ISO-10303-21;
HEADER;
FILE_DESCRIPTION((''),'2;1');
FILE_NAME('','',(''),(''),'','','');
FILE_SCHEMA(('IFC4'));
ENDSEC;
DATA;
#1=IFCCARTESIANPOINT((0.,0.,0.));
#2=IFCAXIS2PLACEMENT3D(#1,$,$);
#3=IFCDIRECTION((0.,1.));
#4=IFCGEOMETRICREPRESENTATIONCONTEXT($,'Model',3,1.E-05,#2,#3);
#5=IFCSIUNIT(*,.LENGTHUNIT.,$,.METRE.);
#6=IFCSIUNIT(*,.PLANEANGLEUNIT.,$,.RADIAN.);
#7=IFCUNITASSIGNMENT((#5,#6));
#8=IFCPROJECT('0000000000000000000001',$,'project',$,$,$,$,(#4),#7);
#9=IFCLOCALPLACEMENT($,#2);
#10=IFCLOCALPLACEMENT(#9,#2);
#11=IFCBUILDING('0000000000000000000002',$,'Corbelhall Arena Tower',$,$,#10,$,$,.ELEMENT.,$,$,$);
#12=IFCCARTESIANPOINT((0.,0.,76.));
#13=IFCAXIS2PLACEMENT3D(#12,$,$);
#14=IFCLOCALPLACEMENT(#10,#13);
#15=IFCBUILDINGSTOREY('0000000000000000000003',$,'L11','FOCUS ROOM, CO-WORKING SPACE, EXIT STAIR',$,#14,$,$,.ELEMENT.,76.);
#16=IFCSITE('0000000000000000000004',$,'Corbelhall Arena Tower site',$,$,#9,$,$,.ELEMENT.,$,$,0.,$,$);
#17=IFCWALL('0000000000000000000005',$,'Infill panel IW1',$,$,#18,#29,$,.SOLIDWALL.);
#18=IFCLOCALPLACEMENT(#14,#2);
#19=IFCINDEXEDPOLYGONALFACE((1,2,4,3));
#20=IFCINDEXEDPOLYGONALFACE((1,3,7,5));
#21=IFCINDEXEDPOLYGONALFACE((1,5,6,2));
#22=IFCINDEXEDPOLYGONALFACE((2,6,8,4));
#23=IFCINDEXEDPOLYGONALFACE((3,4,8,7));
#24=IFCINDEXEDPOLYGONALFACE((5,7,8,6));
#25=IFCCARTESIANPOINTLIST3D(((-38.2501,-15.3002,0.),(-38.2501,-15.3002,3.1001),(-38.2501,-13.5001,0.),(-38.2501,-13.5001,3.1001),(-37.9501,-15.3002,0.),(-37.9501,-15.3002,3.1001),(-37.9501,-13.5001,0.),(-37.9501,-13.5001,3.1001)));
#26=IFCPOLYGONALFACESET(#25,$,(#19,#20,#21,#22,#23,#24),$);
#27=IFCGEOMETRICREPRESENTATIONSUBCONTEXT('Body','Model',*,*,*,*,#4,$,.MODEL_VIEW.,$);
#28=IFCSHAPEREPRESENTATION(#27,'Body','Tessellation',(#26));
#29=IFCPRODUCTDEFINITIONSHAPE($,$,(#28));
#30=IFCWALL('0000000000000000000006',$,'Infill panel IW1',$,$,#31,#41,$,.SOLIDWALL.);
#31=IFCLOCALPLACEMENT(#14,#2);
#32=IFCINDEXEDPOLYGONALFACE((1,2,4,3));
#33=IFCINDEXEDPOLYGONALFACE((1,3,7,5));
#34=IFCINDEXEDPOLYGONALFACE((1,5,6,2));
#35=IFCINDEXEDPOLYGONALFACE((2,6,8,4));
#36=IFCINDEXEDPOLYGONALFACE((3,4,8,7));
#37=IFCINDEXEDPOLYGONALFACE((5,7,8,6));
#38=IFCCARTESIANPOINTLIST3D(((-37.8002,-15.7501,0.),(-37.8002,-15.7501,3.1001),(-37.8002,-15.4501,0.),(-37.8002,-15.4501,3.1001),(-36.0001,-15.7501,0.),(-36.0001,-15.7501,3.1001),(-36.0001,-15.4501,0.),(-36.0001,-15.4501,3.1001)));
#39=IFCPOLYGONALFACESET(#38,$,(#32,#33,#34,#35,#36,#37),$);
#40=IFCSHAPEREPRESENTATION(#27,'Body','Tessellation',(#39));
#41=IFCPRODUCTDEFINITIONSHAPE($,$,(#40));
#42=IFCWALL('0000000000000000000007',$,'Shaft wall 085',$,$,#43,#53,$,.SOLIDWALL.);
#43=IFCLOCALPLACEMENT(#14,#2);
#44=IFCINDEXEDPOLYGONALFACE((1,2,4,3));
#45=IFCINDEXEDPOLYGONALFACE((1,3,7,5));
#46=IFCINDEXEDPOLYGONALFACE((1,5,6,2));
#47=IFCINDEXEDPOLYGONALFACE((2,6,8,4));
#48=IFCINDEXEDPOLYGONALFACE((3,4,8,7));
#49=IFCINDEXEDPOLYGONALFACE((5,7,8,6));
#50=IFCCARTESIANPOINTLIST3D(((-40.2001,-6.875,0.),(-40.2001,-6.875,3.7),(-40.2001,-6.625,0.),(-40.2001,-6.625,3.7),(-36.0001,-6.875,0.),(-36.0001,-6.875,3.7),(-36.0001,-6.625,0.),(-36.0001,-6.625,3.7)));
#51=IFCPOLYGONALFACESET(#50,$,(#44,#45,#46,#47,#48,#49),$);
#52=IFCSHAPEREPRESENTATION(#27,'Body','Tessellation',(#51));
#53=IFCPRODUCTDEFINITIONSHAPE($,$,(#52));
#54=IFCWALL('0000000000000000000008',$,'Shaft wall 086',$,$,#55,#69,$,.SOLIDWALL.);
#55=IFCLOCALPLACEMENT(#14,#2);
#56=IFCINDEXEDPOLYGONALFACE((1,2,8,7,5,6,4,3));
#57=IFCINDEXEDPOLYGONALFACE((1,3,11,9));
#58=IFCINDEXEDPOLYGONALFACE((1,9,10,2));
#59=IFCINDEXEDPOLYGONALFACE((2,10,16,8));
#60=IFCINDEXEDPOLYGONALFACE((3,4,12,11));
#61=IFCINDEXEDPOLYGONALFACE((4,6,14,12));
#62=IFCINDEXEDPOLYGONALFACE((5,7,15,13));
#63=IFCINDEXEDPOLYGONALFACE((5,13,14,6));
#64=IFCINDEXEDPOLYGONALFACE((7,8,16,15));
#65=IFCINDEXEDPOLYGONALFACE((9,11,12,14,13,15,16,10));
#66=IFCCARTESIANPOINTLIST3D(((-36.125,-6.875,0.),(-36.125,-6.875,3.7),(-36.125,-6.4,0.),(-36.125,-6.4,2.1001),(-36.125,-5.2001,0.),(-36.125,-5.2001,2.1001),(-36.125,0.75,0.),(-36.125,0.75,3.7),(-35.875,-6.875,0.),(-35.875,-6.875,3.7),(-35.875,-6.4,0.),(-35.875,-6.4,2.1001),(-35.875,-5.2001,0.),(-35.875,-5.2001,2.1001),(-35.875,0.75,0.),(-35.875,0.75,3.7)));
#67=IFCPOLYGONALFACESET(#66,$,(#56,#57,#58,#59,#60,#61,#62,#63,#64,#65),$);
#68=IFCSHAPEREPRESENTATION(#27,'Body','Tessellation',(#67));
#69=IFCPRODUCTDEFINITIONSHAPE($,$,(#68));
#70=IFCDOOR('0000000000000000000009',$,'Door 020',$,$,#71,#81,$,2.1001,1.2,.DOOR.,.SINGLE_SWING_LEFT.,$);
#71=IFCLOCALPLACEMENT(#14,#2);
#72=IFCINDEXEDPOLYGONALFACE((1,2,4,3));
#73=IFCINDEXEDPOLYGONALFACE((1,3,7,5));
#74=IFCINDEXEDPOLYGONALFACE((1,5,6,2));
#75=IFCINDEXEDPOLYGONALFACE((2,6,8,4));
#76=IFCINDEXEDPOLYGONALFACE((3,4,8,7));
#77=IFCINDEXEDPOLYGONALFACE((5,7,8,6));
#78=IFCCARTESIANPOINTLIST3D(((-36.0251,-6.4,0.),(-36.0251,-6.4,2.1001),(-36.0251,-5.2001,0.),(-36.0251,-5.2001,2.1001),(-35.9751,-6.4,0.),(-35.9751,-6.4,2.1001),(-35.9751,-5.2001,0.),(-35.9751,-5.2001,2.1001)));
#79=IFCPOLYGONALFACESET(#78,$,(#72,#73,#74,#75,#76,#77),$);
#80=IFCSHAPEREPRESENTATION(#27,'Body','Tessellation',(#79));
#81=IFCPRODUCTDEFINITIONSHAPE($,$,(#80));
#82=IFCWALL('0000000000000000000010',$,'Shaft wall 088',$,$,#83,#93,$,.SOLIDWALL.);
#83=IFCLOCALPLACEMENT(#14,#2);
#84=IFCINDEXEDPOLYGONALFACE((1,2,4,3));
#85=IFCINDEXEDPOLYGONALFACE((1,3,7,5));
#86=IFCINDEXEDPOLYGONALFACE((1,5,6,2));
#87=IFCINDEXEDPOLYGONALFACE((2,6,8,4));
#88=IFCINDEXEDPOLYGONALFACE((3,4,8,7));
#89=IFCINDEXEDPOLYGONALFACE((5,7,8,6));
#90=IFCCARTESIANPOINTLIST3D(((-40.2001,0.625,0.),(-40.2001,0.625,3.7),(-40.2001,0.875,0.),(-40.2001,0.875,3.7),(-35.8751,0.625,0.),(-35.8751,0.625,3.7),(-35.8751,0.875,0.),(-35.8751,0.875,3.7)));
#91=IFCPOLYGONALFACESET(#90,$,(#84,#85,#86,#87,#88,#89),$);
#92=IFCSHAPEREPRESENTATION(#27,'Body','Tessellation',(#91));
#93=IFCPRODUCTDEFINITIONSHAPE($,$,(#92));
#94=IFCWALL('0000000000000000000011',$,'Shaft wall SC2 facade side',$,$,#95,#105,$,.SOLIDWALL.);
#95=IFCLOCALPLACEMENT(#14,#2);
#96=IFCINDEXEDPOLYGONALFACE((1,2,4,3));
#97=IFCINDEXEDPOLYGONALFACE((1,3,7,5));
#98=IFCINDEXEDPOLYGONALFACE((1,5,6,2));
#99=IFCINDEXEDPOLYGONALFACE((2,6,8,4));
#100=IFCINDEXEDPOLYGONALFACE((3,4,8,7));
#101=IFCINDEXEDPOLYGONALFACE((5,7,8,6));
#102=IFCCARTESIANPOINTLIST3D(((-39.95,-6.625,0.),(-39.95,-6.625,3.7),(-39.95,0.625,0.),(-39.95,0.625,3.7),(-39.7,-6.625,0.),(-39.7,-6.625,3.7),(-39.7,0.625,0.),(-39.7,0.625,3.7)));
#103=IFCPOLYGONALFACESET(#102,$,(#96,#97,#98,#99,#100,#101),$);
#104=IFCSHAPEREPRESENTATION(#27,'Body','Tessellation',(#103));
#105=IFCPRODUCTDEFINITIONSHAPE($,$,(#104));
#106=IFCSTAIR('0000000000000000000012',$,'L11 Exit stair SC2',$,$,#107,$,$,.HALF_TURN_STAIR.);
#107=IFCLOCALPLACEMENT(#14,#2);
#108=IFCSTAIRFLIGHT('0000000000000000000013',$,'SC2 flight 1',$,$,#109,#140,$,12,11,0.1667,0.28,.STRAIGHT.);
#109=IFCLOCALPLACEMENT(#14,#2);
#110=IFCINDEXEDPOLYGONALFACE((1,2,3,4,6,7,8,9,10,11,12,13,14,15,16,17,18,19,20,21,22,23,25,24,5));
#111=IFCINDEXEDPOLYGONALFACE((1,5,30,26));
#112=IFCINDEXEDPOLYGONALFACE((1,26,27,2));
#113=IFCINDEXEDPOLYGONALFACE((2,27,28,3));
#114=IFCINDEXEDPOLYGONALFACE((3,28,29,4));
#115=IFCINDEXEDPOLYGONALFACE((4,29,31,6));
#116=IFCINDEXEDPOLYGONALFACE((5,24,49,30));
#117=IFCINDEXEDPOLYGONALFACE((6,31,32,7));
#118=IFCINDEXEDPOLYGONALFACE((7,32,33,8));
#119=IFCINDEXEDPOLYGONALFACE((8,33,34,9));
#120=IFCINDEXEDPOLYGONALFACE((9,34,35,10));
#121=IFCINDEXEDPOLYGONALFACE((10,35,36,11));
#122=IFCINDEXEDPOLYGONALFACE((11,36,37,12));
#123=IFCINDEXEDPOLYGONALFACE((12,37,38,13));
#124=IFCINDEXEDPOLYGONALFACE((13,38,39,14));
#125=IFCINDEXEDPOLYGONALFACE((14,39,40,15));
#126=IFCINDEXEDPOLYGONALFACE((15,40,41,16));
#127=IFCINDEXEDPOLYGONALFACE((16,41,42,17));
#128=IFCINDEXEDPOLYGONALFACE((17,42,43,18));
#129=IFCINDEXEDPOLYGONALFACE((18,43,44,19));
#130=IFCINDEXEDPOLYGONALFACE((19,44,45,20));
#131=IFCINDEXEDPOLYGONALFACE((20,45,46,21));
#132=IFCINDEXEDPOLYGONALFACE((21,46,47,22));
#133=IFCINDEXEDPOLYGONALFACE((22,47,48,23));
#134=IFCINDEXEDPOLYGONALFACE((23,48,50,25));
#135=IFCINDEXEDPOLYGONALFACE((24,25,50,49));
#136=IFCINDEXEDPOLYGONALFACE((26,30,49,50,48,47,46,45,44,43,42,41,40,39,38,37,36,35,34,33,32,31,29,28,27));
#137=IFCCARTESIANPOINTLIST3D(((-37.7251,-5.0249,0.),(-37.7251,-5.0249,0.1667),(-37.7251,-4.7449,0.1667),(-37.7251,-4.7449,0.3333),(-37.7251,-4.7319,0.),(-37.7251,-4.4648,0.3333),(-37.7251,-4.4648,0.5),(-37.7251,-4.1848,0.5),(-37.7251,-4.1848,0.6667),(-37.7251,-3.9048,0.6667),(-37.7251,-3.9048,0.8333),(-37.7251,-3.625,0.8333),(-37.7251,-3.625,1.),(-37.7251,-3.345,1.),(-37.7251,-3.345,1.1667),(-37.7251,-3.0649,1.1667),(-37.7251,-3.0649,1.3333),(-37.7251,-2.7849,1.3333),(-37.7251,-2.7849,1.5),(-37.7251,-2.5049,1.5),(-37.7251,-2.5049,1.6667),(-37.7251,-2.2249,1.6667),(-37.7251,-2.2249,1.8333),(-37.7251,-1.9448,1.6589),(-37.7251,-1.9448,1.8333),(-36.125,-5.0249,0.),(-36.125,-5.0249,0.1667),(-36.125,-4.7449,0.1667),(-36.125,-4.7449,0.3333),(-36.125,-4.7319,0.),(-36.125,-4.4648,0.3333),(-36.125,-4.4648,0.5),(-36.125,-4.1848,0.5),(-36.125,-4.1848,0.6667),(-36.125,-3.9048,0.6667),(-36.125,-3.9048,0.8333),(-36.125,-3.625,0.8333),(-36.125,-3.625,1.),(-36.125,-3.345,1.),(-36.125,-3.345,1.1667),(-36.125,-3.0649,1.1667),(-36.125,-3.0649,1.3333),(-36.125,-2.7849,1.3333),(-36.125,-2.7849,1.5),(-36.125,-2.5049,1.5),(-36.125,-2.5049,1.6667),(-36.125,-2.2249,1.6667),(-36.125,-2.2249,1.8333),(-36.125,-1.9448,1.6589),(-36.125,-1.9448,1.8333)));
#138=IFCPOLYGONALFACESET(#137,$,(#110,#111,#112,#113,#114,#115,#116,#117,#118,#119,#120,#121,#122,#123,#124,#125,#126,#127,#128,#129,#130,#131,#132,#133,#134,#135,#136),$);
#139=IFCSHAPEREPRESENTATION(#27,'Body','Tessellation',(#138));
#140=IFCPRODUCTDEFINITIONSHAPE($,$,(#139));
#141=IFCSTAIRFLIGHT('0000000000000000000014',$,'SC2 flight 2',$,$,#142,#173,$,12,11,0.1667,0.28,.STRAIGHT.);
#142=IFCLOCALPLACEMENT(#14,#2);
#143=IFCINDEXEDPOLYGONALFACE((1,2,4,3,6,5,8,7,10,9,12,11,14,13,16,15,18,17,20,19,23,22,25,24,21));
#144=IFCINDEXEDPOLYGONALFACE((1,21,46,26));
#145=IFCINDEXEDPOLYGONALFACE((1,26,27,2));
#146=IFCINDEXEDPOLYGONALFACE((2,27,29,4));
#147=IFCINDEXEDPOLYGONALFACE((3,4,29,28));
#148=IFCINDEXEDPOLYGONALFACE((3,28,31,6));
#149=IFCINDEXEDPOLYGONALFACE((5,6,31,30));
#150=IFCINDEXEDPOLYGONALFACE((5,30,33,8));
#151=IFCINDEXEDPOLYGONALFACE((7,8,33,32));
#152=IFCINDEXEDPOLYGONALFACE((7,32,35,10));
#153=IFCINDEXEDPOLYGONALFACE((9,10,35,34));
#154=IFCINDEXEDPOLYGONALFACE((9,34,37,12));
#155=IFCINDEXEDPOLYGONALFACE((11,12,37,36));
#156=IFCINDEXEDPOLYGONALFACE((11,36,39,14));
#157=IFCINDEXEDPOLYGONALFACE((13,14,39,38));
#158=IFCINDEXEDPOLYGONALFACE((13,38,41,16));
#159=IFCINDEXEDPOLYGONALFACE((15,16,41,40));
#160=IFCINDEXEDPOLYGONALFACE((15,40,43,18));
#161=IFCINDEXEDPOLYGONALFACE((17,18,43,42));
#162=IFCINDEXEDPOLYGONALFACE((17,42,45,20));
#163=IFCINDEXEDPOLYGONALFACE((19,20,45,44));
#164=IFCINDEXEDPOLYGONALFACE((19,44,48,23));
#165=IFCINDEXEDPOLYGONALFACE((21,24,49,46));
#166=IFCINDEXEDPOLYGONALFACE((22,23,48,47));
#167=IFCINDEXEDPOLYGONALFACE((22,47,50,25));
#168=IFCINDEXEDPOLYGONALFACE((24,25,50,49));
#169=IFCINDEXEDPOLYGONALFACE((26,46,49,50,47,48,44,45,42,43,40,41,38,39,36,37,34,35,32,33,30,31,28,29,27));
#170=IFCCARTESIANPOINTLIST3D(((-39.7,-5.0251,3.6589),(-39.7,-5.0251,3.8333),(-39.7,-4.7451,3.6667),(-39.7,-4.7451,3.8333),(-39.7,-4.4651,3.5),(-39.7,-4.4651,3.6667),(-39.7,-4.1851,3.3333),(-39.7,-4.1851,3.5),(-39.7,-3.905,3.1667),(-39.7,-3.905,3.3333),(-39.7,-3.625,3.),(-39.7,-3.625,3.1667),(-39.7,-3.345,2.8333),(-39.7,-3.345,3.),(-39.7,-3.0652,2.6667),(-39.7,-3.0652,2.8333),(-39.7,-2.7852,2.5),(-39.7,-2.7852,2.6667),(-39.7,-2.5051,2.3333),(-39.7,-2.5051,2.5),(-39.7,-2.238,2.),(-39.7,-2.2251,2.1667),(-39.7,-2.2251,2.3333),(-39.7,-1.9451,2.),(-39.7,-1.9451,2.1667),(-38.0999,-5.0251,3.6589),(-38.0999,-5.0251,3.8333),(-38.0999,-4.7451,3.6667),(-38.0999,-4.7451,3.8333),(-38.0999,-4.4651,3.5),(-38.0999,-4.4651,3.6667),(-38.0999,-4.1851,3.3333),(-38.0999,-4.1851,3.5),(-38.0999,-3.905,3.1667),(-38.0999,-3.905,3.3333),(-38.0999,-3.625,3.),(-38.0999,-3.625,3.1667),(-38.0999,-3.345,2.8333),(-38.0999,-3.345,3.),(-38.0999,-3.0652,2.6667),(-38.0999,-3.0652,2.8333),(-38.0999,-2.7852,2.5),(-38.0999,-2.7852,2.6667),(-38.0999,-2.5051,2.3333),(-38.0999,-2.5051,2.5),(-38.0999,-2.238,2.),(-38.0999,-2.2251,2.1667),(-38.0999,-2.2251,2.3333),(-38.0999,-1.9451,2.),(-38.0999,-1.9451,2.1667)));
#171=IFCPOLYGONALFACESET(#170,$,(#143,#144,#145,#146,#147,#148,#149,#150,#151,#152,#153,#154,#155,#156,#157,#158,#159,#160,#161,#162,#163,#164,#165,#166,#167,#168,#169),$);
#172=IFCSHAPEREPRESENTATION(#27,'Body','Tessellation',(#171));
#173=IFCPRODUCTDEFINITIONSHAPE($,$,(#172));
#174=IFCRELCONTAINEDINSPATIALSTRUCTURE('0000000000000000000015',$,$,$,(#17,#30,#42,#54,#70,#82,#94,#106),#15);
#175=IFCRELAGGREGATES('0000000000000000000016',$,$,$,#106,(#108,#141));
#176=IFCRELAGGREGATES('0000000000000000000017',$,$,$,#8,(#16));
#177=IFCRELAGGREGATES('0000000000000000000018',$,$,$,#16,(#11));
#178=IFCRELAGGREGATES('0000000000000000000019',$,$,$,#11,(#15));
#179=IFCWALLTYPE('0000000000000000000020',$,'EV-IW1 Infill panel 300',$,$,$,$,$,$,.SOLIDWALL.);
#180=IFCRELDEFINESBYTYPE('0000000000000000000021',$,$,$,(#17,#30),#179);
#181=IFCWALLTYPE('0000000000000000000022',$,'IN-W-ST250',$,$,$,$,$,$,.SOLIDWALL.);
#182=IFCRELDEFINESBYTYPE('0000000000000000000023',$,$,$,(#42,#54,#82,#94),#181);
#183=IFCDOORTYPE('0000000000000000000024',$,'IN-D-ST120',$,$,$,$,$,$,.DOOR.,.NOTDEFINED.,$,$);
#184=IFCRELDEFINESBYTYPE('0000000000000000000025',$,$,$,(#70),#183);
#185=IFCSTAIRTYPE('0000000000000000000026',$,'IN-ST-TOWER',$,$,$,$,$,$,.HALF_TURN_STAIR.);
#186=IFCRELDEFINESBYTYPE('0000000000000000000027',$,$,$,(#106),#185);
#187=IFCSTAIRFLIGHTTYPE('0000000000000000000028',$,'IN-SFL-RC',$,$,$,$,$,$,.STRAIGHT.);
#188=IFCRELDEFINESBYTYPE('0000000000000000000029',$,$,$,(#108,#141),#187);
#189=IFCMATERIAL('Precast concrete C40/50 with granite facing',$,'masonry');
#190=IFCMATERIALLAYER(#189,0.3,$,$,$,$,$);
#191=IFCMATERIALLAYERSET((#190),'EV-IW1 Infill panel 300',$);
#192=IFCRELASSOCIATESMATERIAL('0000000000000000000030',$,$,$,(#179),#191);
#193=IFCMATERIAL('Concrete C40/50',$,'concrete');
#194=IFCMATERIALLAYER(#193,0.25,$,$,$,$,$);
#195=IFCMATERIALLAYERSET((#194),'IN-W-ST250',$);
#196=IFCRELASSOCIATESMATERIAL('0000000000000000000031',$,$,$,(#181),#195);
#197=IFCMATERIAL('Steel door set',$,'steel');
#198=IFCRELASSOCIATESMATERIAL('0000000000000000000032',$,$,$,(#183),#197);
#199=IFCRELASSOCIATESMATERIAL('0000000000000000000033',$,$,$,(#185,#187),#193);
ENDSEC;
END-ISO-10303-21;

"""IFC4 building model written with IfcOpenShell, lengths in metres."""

from ifc_helpers import new_model, si_unit, direction, frame, frame_2d, origin, place, context, subcontext, project, spatial, polyline, rectangle, outline, extrude, material, layer, layer_set, type_object, element, fill, aggregate, save


model = new_model("IFC4")

# Units and contexts
model_context = context("Model", 3, precision=1e-05, world=origin(), true_north=direction((0.0, 1.0)))
body_context = subcontext(model_context, "Body", "Model", "MODEL_VIEW")
ifc_project = project(units=[si_unit("LENGTHUNIT", "METRE"), si_unit("PLANEANGLEUNIT", "RADIAN")], contexts=[model_context])

# Site, building, storey
site_placement = place(None, origin())
site = spatial("IfcSite", under=ifc_project, at=site_placement, Name="Corbelhall Arena Tower site", CompositionType="ELEMENT", RefElevation=0.0)
building_placement = place(site_placement, origin())
building = spatial("IfcBuilding", under=site, at=building_placement, Name="Corbelhall Arena Tower", CompositionType="ELEMENT")
storey_placement = place(building_placement, frame((0.0, 0.0, 76.0)))
storey = spatial("IfcBuildingStorey", under=building, at=storey_placement, Name="L11", Description="FOCUS ROOM, CO-WORKING SPACE, EXIT STAIR", CompositionType="ELEMENT", Elevation=76.0)

# Walls
ifc_material_1 = material(Name="Precast concrete C40/50 with granite facing", Category="masonry")
ifc_layer_1 = layer(ifc_material_1, 0.3)
ifc_layer_set_1 = layer_set([ifc_layer_1], Name="EV-IW1 Infill panel 300")
wall_type_1 = type_object("IfcWallType", Name="EV-IW1 Infill panel 300", PredefinedType="SOLIDWALL", material=ifc_layer_set_1)
for number, where, z_axis, x_axis, name in (
    (1, (-38.1001, -15.3, 0.0), (0.0, 0.0, 1.0), (0.0, 1.0, 0.0), "Infill panel IW1"),
    (2, (-37.8, -15.6001, 0.0), (0.0, 0.0, 1.0), (1.0, 0.0, 0.0), "Infill panel IW1"),
):
    element("IfcWall", number, at=place(storey_placement, frame(where, z_axis=z_axis, x_axis=x_axis)), inside=storey, type_object=wall_type_1, Name=name, PredefinedType="SOLIDWALL", context=body_context, shape_type="SweptSolid", body=[
        extrude(rectangle(XDim=1.8, YDim=0.3, at=frame_2d((0.8999, 0.0))), origin(), (0.0, 0.0, 1.0), 3.1001),
    ])

# Shared definitions
ifc_material_2 = material(Name="Steel door set", Category="steel")

# Wall
ifc_material_3 = material(Name="Concrete C40/50", Category="concrete")
ifc_layer_2 = layer(ifc_material_3, 0.25)
ifc_layer_set_2 = layer_set([ifc_layer_2], Name="IN-W-ST250")
wall_type_2 = type_object("IfcWallType", Name="IN-W-ST250", PredefinedType="SOLIDWALL", material=ifc_layer_set_2)
wall_1_placement = place(storey_placement, frame((-36.0, -6.75, 0.0), z_axis=(0.0, 0.0, 1.0), x_axis=(-1.0, 0.0, 0.0)))
element("IfcWall", 3, at=wall_1_placement, inside=storey, type_object=wall_type_2, Name="Shaft wall 085", PredefinedType="SOLIDWALL", context=body_context, shape_type="SweptSolid", body=[
    extrude(rectangle(XDim=4.2, YDim=0.25, at=frame_2d((2.1001, 0.0))), origin(), (0.0, 0.0, 1.0), 3.7),
])

# Wall, opening, door
wall_2_placement = place(storey_placement, frame((-36.0, 0.75, 0.0), z_axis=(0.0, 0.0, 1.0), x_axis=(0.0, -1.0, 0.0)))
wall_2 = element("IfcWall", 4, at=wall_2_placement, inside=storey, type_object=wall_type_2, Name="Shaft wall 086", PredefinedType="SOLIDWALL", context=body_context, shape_type="SweptSolid", body=[
    extrude(rectangle(XDim=7.625, YDim=0.25, at=frame_2d((3.8125, 0.0))), origin(), (0.0, 0.0, 1.0), 3.7),
])
opening_1_placement = place(wall_2_placement, frame((5.95, 0.0, 0.0)))
opening_1 = element("IfcOpeningElement", 5, at=opening_1_placement, cuts=wall_2, PredefinedType="OPENING", context=body_context, shape_type="SweptSolid", body=[
    extrude(rectangle(XDim=1.2, YDim=2.1001, at=frame_2d((0.6001, 1.05))), frame((0.0, 0.125, 0.0), z_axis=(0.0, -1.0, 0.0), x_axis=(1.0, 0.0, 0.0)), (0.0, 0.0, 1.0), 0.25),
])
door_type_1 = type_object("IfcDoorType", Name="IN-D-ST120", OperationType="NOTDEFINED", PredefinedType="DOOR", material=ifc_material_2)
door_1_placement = place(opening_1_placement, origin())
door_1 = element("IfcDoor", 6, at=door_1_placement, inside=storey, type_object=door_type_1, Name="Door 020", OperationType="SINGLE_SWING_LEFT", OverallHeight=2.1001, OverallWidth=1.2, PredefinedType="DOOR", context=body_context, shape_type="SweptSolid", body=[
    extrude(rectangle(XDim=1.2, YDim=2.1001, at=frame_2d((0.6001, 1.05))), frame((0.0, 0.0249, 0.0), z_axis=(0.0, -1.0, 0.0), x_axis=(1.0, 0.0, 0.0)), (0.0, 0.0, 1.0), 0.05),
])
fill(opening_1, door_1)

# Walls
wall_3_placement = place(storey_placement, frame((-35.875, 0.75, 0.0), z_axis=(0.0, 0.0, 1.0), x_axis=(-1.0, 0.0, 0.0)))
element("IfcWall", 7, at=wall_3_placement, inside=storey, type_object=wall_type_2, Name="Shaft wall 088", PredefinedType="SOLIDWALL", context=body_context, shape_type="SweptSolid", body=[
    extrude(rectangle(XDim=4.325, YDim=0.25, at=frame_2d((2.1626, 0.0))), origin(), (0.0, 0.0, 1.0), 3.7),
])
wall_4_placement = place(storey_placement, frame((-39.825, -6.625, 0.0), z_axis=(0.0, 0.0, 1.0), x_axis=(0.0, 1.0, 0.0)))
element("IfcWall", 8, at=wall_4_placement, inside=storey, type_object=wall_type_2, Name="Shaft wall SC2 facade side", PredefinedType="SOLIDWALL", context=body_context, shape_type="SweptSolid", body=[
    extrude(rectangle(XDim=7.25, YDim=0.25, at=frame_2d((3.625, 0.0))), origin(), (0.0, 0.0, 1.0), 3.7),
])

# Stair, stair flights
stair_type = type_object("IfcStairType", Name="IN-ST-TOWER", PredefinedType="HALF_TURN_STAIR", material=ifc_material_3)
stair_placement = place(storey_placement, origin())
stair = element("IfcStair", 9, at=stair_placement, inside=storey, type_object=stair_type, Name="L11 Exit stair SC2", PredefinedType="HALF_TURN_STAIR")
stair_flight_type = type_object("IfcStairFlightType", Name="IN-SFL-RC", PredefinedType="STRAIGHT", material=ifc_material_3)
stair_flight_1_placement = place(storey_placement, frame((-36.925, -5.0249, 0.0), z_axis=(0.0, 0.0, 1.0), x_axis=(0.0, 1.0, 0.0)))
stair_flight_1 = element("IfcStairFlight", 10, at=stair_flight_1_placement, type_object=stair_flight_type, Name="SC2 flight 1", NumberOfRisers=12, NumberOfTreads=11, PredefinedType="STRAIGHT", RiserHeight=0.1667, TreadLength=0.28, context=body_context, shape_type="SweptSolid", body=[
    extrude(outline(polyline([(0.0, 0.0), (0.0, 0.1667), (0.28, 0.1667), (0.28, 0.3333), (0.5601, 0.3333), (0.5601, 0.5), (0.8401, 0.5), (0.8401, 0.6667), (1.1201, 0.6667), (1.1201, 0.8333), (1.3999, 0.8333), (1.3999, 1.0), (1.6799, 1.0), (1.6799, 1.1667), (1.96, 1.1667), (1.96, 1.3333), (2.24, 1.3333), (2.24, 1.5), (2.52, 1.5), (2.52, 1.6667), (2.8, 1.6667), (2.8, 1.8333), (3.0801, 1.8333), (3.0801, 2.0), (3.0801, 1.6589), (0.293, 0.0), (0.0, 0.0)])), frame((0.0, 0.8, 0.0), z_axis=(0.0, -1.0, 0.0), x_axis=(1.0, 0.0, 0.0)), (0.0, 0.0, 1.0), 1.6001),
])
stair_flight_2_placement = place(storey_placement, frame((-38.8999, -1.9451, 2.0), z_axis=(0.0, 0.0, 1.0), x_axis=(0.0, -1.0, 0.0)))
stair_flight_2 = element("IfcStairFlight", 11, at=stair_flight_2_placement, type_object=stair_flight_type, Name="SC2 flight 2", NumberOfRisers=12, NumberOfTreads=11, PredefinedType="STRAIGHT", RiserHeight=0.1667, TreadLength=0.28, context=body_context, shape_type="SweptSolid", body=[
    extrude(outline(polyline([(0.0, 0.0), (0.0, 0.1667), (0.28, 0.1667), (0.28, 0.3333), (0.5601, 0.3333), (0.5601, 0.5), (0.8401, 0.5), (0.8401, 0.6667), (1.1201, 0.6667), (1.1201, 0.8333), (1.3999, 0.8333), (1.3999, 1.0), (1.6799, 1.0), (1.6799, 1.1667), (1.96, 1.1667), (1.96, 1.3333), (2.24, 1.3333), (2.24, 1.5), (2.52, 1.5), (2.52, 1.6667), (2.8, 1.6667), (2.8, 1.8333), (3.0801, 1.8333), (3.0801, 2.0), (3.0801, 1.6589), (0.293, 0.0), (0.0, 0.0)])), frame((0.0, 0.8, 0.0), z_axis=(0.0, -1.0, 0.0), x_axis=(1.0, 0.0, 0.0)), (0.0, 0.0, 1.0), 1.6001),
])
aggregate(stair, [stair_flight_1, stair_flight_2])

save(model, "model.ifc")
